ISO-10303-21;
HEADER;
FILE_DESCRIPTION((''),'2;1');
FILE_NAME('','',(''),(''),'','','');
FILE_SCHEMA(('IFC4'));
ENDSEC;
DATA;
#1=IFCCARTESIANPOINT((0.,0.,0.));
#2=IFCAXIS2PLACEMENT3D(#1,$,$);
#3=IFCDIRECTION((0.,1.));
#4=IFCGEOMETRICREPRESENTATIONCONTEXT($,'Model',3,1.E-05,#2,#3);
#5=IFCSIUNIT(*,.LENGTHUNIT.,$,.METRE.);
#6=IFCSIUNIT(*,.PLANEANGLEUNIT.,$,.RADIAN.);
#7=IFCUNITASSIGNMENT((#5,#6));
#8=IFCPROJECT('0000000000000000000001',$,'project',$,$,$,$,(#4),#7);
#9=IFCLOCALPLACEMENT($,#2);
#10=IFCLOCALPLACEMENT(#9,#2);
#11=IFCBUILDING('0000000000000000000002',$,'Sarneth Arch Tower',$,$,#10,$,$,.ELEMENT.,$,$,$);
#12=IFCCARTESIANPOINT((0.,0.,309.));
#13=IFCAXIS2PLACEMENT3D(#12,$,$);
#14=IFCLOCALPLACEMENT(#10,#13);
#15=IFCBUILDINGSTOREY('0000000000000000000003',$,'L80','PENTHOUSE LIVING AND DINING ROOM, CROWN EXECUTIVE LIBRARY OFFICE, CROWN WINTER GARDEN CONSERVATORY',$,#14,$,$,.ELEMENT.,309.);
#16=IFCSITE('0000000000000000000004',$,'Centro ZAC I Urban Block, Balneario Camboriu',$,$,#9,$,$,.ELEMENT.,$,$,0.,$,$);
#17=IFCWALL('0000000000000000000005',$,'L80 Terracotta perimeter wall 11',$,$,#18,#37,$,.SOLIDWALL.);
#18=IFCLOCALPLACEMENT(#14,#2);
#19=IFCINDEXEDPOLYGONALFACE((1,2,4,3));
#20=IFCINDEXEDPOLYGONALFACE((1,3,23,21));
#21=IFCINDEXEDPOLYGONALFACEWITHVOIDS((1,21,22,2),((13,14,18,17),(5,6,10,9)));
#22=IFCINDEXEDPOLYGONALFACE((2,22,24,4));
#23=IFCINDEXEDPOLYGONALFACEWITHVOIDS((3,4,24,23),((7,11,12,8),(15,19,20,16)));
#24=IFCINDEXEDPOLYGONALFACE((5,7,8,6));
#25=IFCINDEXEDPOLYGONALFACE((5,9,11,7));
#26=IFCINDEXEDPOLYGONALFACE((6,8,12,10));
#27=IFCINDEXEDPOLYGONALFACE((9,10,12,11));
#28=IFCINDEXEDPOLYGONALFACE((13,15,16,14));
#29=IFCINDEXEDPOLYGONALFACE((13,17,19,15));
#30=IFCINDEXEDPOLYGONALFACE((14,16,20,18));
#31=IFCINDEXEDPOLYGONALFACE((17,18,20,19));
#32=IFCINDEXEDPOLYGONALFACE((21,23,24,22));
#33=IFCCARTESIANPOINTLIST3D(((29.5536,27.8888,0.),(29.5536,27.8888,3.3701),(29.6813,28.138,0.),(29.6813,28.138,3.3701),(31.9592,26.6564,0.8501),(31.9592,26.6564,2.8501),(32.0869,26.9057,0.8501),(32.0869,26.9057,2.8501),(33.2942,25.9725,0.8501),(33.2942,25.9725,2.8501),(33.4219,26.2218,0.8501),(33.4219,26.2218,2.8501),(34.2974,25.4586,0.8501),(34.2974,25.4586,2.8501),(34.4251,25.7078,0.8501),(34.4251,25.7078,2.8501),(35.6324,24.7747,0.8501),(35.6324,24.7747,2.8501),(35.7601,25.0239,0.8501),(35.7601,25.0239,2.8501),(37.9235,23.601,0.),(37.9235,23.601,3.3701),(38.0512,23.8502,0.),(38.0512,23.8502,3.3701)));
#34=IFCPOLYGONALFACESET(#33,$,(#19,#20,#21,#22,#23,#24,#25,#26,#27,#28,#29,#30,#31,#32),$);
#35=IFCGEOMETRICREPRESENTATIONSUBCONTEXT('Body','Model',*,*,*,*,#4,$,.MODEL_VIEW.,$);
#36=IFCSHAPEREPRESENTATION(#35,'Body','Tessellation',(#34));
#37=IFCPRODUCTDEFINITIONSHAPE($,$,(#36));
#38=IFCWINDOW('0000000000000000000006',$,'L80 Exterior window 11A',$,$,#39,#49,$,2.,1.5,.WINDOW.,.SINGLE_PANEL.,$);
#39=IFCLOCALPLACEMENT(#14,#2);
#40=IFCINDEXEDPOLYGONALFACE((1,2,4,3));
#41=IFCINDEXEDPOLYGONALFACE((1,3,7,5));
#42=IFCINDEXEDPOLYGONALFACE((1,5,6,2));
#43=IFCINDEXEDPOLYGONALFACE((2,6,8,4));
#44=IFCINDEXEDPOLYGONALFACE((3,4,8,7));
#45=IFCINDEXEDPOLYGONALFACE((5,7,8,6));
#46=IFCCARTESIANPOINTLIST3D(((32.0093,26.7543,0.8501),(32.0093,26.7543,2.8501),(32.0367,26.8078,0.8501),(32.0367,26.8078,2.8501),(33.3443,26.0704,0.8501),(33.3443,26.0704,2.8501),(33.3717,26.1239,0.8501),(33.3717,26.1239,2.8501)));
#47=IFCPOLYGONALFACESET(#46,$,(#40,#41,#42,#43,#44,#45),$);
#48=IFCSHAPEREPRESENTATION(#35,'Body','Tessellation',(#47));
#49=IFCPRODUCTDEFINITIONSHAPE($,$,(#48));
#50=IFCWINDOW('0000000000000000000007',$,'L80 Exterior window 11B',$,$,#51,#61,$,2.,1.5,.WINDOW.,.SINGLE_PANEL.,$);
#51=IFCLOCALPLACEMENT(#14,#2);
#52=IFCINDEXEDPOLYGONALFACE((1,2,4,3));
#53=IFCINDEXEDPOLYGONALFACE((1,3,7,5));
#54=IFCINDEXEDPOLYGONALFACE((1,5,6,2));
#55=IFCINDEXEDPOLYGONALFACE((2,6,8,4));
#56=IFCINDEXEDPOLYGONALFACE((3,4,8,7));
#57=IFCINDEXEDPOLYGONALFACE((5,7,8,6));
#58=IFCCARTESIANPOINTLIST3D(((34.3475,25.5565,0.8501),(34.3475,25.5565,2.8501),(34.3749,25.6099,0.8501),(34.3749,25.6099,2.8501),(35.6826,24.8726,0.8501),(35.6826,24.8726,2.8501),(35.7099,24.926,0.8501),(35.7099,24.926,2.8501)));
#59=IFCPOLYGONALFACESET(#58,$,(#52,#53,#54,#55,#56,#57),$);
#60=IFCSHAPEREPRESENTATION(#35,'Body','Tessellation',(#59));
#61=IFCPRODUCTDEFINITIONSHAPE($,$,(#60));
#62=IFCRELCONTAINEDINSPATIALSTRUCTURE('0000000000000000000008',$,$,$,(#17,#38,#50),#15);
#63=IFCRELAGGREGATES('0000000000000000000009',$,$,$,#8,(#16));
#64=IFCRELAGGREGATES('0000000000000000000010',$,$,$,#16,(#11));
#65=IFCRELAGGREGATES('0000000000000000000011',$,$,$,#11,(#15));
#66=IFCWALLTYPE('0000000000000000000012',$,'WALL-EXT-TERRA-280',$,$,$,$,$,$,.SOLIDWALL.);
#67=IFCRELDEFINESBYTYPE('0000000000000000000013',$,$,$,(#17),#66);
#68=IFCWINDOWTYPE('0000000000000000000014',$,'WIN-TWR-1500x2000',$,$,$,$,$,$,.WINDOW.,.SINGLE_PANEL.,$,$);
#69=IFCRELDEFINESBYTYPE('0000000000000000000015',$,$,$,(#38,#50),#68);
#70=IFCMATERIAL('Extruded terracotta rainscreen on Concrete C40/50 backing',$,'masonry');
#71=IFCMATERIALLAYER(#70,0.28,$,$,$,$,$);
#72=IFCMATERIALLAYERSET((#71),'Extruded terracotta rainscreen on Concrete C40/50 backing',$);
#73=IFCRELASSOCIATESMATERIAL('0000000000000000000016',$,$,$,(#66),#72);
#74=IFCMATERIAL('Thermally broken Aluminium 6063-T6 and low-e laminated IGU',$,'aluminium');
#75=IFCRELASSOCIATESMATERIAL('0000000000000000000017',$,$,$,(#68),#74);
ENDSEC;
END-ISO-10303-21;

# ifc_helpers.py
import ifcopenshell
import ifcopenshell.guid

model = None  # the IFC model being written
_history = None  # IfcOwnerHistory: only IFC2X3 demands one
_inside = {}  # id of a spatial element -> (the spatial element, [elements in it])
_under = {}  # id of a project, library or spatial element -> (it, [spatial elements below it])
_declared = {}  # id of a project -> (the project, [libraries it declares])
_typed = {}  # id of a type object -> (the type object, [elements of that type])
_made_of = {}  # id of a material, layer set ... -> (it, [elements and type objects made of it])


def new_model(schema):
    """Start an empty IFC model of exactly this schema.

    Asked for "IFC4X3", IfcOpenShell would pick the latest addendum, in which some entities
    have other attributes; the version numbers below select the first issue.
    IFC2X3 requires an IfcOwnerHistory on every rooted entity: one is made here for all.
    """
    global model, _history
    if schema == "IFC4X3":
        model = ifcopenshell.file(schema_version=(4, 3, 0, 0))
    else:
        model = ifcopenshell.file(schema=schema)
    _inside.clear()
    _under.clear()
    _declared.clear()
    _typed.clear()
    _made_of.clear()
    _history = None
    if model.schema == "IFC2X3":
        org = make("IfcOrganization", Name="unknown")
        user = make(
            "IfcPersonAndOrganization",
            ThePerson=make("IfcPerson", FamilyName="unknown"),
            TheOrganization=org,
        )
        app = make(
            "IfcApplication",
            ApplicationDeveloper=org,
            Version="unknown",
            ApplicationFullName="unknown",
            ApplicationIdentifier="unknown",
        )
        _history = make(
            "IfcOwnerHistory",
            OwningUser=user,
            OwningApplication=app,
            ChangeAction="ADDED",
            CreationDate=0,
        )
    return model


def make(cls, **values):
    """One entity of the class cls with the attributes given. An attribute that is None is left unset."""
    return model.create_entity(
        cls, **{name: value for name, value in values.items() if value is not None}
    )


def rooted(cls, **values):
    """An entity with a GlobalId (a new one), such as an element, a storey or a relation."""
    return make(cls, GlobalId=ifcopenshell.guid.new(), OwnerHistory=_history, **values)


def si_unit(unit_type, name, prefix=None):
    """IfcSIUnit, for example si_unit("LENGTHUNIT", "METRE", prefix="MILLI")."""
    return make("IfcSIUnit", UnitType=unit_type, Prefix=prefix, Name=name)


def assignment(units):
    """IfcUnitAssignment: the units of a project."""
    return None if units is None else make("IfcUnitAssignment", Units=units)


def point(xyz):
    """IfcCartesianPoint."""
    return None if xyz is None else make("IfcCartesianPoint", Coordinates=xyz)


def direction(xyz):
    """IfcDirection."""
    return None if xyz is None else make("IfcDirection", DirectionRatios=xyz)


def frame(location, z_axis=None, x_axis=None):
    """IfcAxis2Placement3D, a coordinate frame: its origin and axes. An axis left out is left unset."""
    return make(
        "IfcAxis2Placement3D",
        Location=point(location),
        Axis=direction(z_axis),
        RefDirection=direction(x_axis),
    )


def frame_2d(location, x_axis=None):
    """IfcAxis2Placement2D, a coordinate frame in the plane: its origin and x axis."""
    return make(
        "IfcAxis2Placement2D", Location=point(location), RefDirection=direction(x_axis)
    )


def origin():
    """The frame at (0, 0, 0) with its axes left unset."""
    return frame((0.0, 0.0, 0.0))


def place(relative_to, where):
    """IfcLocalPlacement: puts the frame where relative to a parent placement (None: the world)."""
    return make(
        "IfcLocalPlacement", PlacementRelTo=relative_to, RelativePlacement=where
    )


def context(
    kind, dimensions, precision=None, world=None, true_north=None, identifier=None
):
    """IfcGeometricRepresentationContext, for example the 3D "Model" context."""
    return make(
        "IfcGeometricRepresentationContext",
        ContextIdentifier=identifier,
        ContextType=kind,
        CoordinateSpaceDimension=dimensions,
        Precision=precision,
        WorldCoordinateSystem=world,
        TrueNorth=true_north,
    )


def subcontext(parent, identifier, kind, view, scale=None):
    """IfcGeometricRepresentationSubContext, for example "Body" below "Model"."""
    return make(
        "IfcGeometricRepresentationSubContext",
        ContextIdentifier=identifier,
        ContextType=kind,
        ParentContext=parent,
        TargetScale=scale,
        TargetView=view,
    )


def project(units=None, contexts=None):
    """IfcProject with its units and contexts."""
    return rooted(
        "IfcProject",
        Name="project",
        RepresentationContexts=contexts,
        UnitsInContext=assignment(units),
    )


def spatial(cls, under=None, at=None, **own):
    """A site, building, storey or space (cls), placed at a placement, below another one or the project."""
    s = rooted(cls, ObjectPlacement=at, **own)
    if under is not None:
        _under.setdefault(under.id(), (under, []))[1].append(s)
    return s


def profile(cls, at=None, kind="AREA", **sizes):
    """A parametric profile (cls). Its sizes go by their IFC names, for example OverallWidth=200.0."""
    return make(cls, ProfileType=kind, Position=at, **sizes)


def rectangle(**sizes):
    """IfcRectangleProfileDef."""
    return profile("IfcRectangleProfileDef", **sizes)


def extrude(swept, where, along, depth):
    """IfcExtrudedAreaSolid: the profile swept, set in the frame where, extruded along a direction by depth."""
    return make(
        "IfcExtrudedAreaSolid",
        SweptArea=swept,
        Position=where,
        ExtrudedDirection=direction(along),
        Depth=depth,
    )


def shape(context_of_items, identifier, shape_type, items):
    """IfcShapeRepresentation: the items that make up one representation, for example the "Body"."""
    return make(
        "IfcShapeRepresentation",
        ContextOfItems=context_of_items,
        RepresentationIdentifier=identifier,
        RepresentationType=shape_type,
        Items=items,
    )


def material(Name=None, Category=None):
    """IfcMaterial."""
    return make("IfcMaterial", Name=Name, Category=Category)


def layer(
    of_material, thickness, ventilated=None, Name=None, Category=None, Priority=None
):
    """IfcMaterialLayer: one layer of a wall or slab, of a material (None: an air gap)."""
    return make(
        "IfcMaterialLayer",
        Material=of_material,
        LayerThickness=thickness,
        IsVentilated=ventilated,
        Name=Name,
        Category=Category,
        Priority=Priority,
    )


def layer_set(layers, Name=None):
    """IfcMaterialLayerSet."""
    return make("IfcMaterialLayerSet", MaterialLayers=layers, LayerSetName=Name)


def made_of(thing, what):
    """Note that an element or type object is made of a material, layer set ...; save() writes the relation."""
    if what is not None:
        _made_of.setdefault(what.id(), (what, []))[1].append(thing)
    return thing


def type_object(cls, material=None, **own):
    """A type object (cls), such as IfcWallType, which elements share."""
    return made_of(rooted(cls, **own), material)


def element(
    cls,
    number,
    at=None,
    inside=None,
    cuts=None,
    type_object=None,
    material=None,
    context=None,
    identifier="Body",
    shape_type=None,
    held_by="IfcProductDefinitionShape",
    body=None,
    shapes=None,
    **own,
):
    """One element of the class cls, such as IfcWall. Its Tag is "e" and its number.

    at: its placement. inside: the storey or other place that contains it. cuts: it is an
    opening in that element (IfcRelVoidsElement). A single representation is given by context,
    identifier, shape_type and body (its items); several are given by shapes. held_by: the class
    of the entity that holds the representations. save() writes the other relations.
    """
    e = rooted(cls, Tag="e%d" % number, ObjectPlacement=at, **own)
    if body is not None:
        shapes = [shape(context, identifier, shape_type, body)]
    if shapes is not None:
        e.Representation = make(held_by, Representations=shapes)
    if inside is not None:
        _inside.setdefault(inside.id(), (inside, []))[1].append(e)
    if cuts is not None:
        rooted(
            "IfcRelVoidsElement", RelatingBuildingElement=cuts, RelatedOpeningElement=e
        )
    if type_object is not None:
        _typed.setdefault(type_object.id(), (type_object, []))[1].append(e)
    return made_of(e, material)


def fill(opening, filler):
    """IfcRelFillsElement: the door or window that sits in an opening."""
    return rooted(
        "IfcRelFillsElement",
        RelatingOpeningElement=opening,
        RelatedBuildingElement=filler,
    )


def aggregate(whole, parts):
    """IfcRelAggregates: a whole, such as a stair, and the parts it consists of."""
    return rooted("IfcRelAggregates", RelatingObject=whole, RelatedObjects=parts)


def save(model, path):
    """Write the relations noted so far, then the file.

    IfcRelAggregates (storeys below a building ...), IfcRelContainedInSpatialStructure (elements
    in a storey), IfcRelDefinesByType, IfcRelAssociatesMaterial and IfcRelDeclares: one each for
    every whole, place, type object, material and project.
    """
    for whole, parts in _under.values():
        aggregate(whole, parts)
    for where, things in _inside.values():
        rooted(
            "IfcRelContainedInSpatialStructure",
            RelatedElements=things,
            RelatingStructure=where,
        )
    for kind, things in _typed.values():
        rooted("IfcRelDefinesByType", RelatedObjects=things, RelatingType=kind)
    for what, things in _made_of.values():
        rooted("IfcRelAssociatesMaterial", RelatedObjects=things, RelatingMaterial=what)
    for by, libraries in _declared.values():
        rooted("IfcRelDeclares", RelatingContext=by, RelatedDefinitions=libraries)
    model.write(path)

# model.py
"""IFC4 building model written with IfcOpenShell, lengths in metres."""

from ifc_helpers import new_model, si_unit, direction, frame, frame_2d, origin, place, context, subcontext, project, spatial, rectangle, extrude, material, layer, layer_set, type_object, element, fill, save


model = new_model("IFC4")

# Units and contexts
model_context = context("Model", 3, precision=1e-05, world=origin(), true_north=direction((0.0, 1.0)))
body_context = subcontext(model_context, "Body", "Model", "MODEL_VIEW")
ifc_project = project(units=[si_unit("LENGTHUNIT", "METRE"), si_unit("PLANEANGLEUNIT", "RADIAN")], contexts=[model_context])

# Site, building, storey
site_placement = place(None, origin())
site = spatial("IfcSite", under=ifc_project, at=site_placement, Name="Centro ZAC I Urban Block, Balneario Camboriu", CompositionType="ELEMENT", RefElevation=0.0)
building_placement = place(site_placement, origin())
building = spatial("IfcBuilding", under=site, at=building_placement, Name="Sarneth Arch Tower", CompositionType="ELEMENT")
storey_placement = place(building_placement, frame((0.0, 0.0, 309.0)))
storey = spatial("IfcBuildingStorey", under=building, at=storey_placement, Name="L80", Description="PENTHOUSE LIVING AND DINING ROOM, CROWN EXECUTIVE LIBRARY OFFICE, CROWN WINTER GARDEN CONSERVATORY", CompositionType="ELEMENT", Elevation=309.0)

# Wall, openings, windows
ifc_material_1 = material(Name="Extruded terracotta rainscreen on Concrete C40/50 backing", Category="masonry")
ifc_layer_1 = layer(ifc_material_1, 0.28)
ifc_layer_set_1 = layer_set([ifc_layer_1], Name="Extruded terracotta rainscreen on Concrete C40/50 backing")
wall_type_1 = type_object("IfcWallType", Name="WALL-EXT-TERRA-280", PredefinedType="SOLIDWALL", material=ifc_layer_set_1)
wall_1_placement = place(storey_placement, frame((29.6174, 28.0134, 0.0), z_axis=(0.0, 0.0, 1.0), x_axis=(0.890007, -0.455946, 0.0)))
wall_1 = element("IfcWall", 1, at=wall_1_placement, inside=storey, type_object=wall_type_1, Name="L80 Terracotta perimeter wall 11", PredefinedType="SOLIDWALL", context=body_context, shape_type="SweptSolid", body=[
    extrude(rectangle(XDim=9.4043, YDim=0.28, at=frame_2d((4.7021, 0.0))), origin(), (0.0, 0.0, 1.0), 3.3701),
])
opening_1_placement = place(wall_1_placement, frame((2.7029, 0.0, 0.8501)))
opening_1 = element("IfcOpeningElement", 2, at=opening_1_placement, cuts=wall_1, PredefinedType="OPENING", context=body_context, shape_type="SweptSolid", body=[
    extrude(rectangle(XDim=1.5, YDim=2.0, at=frame_2d((0.75, 1.0))), frame((0.0, 0.1499, 0.0), z_axis=(0.0, -1.0, 0.0), x_axis=(1.0, 0.0, 0.0)), (0.0, 0.0, 1.0), 0.3),
])
opening_2_placement = place(wall_1_placement, frame((5.3301, 0.0, 0.8501)))
opening_2 = element("IfcOpeningElement", 3, at=opening_2_placement, cuts=wall_1, PredefinedType="OPENING", context=body_context, shape_type="SweptSolid", body=[
    extrude(rectangle(XDim=1.5, YDim=2.0, at=frame_2d((0.75, 1.0))), frame((0.0, 0.1499, 0.0), z_axis=(0.0, -1.0, 0.0), x_axis=(1.0, 0.0, 0.0)), (0.0, 0.0, 1.0), 0.3),
])
ifc_material_2 = material(Name="Thermally broken Aluminium 6063-T6 and low-e laminated IGU", Category="aluminium")
window_type = type_object("IfcWindowType", Name="WIN-TWR-1500x2000", PartitioningType="SINGLE_PANEL", PredefinedType="WINDOW", material=ifc_material_2)
window_1_placement = place(opening_1_placement, origin())
window_1 = element("IfcWindow", 4, at=window_1_placement, inside=storey, type_object=window_type, Name="L80 Exterior window 11A", OverallHeight=2.0, OverallWidth=1.5, PartitioningType="SINGLE_PANEL", PredefinedType="WINDOW", context=body_context, shape_type="SweptSolid", body=[
    extrude(rectangle(XDim=1.5, YDim=2.0, at=frame_2d((0.75, 1.0))), frame((0.0, 0.03, 0.0), z_axis=(0.0, -1.0, 0.0), x_axis=(1.0, 0.0, 0.0)), (0.0, 0.0, 1.0), 0.0601),
])
fill(opening_1, window_1)
window_2_placement = place(opening_2_placement, origin())
window_2 = element("IfcWindow", 5, at=window_2_placement, inside=storey, type_object=window_type, Name="L80 Exterior window 11B", OverallHeight=2.0, OverallWidth=1.5, PartitioningType="SINGLE_PANEL", PredefinedType="WINDOW", context=body_context, shape_type="SweptSolid", body=[
    extrude(rectangle(XDim=1.5, YDim=2.0, at=frame_2d((0.75, 1.0))), frame((0.0, 0.03, 0.0), z_axis=(0.0, -1.0, 0.0), x_axis=(1.0, 0.0, 0.0)), (0.0, 0.0, 1.0), 0.0601),
])
fill(opening_2, window_2)

save(model, "model.ifc")
